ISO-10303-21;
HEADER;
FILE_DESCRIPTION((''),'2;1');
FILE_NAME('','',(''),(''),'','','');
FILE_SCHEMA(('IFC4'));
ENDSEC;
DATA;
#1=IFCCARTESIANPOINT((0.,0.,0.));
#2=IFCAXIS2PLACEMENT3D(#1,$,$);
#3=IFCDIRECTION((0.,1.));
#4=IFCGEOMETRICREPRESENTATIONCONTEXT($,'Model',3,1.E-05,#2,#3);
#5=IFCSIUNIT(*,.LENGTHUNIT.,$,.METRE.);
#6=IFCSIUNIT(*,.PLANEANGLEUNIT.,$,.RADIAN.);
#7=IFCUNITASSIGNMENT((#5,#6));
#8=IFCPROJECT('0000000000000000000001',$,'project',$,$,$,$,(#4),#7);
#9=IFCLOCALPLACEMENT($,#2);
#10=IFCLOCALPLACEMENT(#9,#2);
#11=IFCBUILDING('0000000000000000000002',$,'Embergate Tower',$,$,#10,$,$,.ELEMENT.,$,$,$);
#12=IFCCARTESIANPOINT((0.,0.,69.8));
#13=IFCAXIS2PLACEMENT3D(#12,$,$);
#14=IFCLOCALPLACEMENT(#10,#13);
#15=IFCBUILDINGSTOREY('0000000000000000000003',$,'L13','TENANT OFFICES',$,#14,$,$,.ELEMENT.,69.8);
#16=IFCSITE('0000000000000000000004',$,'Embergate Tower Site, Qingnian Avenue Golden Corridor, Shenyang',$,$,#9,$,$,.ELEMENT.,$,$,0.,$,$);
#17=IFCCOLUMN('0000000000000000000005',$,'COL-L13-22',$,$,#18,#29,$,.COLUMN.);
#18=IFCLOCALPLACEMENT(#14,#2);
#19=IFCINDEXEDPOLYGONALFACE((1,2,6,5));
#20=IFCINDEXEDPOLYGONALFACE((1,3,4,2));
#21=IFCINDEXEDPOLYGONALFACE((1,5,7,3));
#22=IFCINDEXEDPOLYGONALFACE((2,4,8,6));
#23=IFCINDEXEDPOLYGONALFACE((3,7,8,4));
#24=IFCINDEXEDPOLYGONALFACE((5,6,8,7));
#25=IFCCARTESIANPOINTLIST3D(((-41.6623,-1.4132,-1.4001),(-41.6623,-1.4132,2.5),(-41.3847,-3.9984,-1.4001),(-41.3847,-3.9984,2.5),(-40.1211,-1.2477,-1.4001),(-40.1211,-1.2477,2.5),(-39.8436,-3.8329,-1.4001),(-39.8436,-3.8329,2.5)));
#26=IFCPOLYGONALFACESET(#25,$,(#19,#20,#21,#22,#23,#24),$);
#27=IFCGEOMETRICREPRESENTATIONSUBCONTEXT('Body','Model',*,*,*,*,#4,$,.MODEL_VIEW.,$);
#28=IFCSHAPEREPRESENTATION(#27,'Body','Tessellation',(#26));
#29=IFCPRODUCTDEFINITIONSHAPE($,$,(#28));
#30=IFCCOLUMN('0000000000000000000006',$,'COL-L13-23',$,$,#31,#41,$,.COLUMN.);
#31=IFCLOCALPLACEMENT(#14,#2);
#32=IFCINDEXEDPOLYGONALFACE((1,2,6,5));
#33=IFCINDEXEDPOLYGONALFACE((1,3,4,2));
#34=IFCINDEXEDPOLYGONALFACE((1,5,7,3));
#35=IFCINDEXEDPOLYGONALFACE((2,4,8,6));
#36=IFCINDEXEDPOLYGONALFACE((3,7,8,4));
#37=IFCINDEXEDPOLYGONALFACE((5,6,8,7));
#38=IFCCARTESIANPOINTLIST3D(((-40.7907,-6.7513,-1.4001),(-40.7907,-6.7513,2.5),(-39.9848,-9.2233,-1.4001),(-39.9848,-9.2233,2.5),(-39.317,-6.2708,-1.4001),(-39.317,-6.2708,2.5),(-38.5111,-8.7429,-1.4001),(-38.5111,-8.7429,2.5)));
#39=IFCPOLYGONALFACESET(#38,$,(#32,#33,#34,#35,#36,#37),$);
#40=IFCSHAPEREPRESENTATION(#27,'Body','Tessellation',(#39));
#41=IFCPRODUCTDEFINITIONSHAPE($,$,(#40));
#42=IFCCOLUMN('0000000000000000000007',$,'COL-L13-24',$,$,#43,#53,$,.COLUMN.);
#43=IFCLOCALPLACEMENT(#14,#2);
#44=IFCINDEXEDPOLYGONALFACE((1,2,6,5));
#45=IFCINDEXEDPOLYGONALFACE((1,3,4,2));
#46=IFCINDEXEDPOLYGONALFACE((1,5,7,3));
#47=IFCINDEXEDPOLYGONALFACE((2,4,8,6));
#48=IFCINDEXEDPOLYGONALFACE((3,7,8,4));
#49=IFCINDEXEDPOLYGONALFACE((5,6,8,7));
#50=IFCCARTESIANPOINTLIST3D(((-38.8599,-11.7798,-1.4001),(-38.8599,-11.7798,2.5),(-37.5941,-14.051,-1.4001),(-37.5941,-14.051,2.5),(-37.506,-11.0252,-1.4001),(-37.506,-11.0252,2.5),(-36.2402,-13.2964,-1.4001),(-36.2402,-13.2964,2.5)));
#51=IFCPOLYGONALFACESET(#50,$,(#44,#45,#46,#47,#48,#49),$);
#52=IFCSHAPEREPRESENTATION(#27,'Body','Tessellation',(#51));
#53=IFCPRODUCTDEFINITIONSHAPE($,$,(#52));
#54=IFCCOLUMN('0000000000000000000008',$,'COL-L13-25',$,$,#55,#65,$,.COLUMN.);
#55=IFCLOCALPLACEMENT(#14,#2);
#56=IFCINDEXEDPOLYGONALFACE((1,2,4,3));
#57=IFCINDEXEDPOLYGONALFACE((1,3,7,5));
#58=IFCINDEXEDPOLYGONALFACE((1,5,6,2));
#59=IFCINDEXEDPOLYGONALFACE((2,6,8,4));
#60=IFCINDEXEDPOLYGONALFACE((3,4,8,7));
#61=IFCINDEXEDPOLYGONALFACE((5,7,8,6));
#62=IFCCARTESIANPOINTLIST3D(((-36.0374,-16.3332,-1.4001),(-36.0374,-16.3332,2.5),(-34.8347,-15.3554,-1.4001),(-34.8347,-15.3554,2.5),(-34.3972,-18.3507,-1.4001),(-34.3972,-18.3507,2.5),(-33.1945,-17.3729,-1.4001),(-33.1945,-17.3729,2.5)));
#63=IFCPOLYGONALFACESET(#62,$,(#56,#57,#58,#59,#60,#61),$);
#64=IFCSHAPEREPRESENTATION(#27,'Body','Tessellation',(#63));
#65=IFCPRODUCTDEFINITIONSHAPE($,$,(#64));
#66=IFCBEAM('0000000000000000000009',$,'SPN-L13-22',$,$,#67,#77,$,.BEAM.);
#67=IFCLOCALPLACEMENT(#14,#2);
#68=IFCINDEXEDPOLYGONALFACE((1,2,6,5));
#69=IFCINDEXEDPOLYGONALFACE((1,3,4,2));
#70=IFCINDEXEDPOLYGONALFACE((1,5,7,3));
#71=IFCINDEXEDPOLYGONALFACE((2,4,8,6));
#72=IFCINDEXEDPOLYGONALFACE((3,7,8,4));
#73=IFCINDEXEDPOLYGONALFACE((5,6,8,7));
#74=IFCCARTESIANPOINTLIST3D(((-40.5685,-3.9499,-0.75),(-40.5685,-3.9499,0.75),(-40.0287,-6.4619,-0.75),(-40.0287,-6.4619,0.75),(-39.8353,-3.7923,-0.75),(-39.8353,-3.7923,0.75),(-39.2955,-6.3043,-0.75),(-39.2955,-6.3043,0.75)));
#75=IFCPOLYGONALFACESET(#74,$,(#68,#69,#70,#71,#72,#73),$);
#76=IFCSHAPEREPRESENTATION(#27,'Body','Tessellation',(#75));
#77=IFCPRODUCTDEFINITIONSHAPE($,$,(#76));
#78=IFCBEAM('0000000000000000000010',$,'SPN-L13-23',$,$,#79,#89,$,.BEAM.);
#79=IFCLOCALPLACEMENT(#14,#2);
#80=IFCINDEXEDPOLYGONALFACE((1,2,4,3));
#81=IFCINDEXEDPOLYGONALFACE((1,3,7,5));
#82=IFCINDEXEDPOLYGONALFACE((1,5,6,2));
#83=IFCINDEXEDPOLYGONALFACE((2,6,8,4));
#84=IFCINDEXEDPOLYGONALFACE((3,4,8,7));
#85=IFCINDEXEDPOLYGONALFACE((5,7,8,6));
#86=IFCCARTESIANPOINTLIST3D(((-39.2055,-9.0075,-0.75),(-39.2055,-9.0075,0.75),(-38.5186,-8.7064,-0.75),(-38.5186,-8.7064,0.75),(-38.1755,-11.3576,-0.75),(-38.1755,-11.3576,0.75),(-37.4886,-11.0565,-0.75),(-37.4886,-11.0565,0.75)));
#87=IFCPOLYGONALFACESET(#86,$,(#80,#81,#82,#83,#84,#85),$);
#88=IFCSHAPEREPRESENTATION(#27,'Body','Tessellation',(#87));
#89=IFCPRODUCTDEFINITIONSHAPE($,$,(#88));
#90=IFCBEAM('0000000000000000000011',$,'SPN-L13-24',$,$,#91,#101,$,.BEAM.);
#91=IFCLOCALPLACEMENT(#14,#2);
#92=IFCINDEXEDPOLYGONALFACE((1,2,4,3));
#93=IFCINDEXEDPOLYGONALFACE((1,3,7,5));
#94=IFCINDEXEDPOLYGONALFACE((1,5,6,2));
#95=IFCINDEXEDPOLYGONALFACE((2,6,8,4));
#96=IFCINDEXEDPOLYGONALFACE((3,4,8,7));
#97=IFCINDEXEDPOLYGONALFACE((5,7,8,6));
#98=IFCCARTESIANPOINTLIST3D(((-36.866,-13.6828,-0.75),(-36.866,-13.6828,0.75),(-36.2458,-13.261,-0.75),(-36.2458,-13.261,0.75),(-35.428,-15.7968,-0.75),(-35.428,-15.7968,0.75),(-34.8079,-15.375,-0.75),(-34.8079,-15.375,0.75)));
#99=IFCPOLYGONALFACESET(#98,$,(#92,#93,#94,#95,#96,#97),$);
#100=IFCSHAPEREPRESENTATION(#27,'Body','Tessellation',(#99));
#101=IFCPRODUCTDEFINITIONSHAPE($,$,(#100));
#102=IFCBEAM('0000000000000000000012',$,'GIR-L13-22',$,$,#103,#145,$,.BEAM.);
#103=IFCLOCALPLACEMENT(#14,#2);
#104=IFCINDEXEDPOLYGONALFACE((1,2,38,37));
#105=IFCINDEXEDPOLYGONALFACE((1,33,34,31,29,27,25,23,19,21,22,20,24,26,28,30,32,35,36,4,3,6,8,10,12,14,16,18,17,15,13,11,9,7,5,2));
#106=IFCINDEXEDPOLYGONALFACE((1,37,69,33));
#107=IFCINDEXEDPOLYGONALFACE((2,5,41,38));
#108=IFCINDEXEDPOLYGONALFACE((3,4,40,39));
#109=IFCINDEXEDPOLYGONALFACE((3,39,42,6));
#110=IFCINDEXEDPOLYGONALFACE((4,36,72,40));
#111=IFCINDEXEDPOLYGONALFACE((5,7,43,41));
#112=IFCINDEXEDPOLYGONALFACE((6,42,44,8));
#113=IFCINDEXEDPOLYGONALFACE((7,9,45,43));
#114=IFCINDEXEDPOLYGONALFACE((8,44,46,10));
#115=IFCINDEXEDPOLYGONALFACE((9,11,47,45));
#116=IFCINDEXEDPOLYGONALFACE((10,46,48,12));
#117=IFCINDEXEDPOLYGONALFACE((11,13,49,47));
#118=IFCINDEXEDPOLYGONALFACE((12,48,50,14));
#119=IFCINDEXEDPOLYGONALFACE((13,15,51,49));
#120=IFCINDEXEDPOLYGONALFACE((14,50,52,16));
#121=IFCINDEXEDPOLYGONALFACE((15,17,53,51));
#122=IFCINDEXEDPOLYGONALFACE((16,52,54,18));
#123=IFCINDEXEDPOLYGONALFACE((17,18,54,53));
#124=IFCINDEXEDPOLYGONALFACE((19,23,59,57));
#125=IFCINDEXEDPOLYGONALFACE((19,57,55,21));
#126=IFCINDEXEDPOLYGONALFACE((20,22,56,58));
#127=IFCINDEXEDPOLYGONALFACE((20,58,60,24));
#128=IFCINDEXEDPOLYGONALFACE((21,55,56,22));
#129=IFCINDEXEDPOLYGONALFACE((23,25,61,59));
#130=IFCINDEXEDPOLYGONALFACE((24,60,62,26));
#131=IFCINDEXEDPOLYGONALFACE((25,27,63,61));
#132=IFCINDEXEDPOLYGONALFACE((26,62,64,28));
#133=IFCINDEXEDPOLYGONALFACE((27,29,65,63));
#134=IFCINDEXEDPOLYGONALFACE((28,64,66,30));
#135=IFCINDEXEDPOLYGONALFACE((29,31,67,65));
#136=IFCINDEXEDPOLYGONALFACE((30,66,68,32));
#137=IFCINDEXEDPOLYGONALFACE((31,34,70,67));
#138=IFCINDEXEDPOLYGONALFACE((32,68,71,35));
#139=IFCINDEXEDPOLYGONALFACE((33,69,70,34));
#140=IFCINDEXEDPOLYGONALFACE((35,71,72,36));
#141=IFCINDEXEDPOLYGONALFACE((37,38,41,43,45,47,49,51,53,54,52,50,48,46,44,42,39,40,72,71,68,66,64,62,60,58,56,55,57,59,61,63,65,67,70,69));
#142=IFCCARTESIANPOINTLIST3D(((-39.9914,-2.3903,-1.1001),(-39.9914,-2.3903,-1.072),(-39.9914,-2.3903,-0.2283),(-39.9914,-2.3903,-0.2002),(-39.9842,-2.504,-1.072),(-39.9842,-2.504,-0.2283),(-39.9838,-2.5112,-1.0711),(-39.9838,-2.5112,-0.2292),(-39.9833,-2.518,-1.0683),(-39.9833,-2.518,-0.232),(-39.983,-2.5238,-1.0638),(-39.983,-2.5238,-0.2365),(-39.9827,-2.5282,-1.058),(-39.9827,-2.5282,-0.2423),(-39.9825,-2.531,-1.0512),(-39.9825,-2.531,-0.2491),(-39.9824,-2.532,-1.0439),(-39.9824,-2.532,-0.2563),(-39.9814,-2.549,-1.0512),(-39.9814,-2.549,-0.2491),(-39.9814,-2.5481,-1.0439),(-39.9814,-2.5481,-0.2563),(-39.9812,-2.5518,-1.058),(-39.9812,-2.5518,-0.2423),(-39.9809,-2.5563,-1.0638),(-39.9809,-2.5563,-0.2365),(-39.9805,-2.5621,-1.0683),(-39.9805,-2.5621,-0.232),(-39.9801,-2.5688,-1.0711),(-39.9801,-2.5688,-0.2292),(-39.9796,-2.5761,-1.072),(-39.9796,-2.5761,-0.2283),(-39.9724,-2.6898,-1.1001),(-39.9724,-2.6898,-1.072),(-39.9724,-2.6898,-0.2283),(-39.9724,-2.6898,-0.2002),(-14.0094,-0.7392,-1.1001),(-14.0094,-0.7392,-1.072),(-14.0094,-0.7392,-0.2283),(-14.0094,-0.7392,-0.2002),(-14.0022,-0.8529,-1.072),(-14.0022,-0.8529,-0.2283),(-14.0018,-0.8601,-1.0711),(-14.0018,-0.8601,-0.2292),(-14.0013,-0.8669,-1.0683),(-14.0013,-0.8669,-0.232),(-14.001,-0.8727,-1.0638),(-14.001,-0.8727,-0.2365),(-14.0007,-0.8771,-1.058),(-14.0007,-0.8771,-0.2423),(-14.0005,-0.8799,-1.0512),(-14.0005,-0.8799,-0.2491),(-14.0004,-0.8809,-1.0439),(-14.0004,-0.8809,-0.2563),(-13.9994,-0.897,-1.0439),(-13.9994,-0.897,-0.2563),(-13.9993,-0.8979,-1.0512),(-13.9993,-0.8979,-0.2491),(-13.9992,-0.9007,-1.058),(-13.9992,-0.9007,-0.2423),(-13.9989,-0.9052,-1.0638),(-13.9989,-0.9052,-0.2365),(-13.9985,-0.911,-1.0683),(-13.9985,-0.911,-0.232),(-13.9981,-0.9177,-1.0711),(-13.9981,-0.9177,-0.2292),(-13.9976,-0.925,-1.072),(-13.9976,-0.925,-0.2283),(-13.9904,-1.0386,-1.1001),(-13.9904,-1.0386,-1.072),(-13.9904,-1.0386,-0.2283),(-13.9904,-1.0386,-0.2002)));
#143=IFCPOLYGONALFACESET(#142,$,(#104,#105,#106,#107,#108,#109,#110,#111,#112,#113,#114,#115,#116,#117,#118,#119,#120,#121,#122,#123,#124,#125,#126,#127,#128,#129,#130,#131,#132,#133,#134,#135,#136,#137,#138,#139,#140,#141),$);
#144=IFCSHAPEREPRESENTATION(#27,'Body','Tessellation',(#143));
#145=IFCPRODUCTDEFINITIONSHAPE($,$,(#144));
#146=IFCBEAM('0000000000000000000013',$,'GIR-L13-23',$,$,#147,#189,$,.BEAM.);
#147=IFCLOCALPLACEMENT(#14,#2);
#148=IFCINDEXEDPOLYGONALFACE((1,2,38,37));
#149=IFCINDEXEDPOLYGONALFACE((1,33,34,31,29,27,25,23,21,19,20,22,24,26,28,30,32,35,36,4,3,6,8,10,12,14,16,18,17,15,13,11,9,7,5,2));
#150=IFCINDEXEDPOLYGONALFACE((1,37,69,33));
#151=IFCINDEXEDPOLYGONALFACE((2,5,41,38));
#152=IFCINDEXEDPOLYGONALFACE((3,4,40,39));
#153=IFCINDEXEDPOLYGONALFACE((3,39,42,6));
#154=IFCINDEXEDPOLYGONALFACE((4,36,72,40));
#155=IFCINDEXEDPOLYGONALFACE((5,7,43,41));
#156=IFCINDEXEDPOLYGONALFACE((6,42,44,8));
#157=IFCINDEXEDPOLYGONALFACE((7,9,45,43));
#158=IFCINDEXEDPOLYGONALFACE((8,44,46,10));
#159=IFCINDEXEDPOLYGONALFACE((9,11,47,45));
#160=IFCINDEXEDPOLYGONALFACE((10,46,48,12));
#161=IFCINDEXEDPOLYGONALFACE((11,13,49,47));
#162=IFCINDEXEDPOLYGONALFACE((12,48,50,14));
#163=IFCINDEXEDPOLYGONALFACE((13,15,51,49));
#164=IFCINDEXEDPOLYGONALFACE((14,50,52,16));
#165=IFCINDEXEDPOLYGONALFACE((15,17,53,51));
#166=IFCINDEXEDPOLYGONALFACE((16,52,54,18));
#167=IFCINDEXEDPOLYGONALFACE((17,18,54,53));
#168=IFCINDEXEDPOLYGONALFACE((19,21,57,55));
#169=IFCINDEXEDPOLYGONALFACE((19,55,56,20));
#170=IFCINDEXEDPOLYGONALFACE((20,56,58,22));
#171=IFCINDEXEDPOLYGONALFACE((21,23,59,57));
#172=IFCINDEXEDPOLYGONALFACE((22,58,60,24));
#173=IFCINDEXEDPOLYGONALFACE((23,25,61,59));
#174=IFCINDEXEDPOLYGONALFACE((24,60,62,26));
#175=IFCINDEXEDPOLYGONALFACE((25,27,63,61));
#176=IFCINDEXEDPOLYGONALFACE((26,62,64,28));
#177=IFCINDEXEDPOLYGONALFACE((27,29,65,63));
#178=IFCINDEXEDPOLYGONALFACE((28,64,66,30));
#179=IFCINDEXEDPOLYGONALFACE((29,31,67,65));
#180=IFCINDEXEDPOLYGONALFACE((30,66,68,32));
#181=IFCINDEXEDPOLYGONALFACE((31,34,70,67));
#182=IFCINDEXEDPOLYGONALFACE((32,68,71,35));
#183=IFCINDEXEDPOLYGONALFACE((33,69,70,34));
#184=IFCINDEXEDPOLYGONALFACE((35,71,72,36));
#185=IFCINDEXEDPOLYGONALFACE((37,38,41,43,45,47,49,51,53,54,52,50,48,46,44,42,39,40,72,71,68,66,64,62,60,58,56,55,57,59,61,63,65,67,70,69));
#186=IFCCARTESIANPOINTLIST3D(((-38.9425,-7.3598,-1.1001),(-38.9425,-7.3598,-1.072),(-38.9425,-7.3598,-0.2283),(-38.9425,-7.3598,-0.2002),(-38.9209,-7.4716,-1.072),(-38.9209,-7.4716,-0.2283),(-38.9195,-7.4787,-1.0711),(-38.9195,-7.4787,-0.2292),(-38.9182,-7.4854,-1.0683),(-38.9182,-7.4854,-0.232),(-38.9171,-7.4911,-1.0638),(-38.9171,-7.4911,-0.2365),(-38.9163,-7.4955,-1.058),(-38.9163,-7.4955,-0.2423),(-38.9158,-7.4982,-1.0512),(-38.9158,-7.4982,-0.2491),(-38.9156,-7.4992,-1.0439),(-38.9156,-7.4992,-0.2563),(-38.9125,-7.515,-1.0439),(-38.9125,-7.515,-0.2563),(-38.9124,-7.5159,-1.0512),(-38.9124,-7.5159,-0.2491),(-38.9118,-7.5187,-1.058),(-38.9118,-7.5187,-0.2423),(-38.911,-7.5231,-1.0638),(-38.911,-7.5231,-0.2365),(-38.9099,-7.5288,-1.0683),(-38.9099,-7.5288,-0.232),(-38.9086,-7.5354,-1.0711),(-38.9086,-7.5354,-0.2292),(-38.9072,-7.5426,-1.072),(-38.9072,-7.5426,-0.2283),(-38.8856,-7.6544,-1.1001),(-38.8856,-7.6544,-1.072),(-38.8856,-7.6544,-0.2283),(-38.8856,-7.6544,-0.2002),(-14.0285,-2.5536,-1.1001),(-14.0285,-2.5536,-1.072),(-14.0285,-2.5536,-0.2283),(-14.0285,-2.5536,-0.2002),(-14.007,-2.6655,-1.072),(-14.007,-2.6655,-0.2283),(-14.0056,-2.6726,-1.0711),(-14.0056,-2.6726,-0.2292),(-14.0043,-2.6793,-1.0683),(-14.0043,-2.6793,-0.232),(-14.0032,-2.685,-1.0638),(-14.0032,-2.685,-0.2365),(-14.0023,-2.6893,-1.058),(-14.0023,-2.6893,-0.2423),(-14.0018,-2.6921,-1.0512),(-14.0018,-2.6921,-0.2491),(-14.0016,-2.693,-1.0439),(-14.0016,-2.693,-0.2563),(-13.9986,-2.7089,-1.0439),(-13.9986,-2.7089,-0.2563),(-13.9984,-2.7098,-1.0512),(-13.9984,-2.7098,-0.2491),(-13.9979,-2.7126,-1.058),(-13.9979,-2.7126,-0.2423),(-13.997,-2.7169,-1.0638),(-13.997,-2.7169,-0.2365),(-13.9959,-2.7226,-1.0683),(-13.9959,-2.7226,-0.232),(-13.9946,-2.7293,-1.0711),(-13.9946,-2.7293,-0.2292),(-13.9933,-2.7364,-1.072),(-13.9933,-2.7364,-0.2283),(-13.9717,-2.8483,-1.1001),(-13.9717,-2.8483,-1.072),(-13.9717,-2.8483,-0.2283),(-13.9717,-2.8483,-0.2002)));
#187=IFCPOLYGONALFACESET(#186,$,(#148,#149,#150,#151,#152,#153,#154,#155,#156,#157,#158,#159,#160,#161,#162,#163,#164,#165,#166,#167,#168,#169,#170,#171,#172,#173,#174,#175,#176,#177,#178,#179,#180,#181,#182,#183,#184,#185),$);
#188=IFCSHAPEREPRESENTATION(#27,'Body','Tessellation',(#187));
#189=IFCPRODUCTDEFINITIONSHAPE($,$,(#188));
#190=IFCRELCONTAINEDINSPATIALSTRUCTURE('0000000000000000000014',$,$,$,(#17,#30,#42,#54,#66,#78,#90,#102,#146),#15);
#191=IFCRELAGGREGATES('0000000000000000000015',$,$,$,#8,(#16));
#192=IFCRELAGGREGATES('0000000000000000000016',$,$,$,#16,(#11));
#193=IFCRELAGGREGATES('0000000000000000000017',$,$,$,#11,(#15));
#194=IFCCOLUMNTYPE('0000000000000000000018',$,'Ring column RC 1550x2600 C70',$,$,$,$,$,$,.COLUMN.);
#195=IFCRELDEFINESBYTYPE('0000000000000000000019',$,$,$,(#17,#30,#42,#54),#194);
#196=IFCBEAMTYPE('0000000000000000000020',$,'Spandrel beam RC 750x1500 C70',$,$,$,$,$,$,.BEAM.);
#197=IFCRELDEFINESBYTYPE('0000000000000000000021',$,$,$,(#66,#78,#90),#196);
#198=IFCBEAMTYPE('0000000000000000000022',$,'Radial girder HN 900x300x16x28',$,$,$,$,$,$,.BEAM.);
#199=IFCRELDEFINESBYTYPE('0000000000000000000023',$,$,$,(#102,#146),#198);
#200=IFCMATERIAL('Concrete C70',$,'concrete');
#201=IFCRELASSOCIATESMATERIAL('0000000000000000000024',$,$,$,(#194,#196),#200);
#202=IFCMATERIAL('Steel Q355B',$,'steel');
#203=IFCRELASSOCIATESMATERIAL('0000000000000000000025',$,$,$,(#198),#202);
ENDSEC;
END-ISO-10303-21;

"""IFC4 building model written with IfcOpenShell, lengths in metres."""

from ifc_helpers import new_model, si_unit, direction, frame, origin, origin_2d, place, context, subcontext, project, spatial, rectangle, i_section, extrude, source, transform, mapped, material, material_profile, profile_set, type_object, element, save


model = new_model("IFC4")

# Units and contexts
model_context = context("Model", 3, precision=1e-05, world=origin(), true_north=direction((0.0, 1.0)))
body_context = subcontext(model_context, "Body", "Model", "MODEL_VIEW")
ifc_project = project(units=[si_unit("LENGTHUNIT", "METRE"), si_unit("PLANEANGLEUNIT", "RADIAN")], contexts=[model_context])

# Site, building, storey
site_placement = place(None, origin())
site = spatial("IfcSite", under=ifc_project, at=site_placement, Name="Embergate Tower Site, Qingnian Avenue Golden Corridor, Shenyang", CompositionType="ELEMENT", RefElevation=0.0)
building_placement = place(site_placement, origin())
building = spatial("IfcBuilding", under=site, at=building_placement, Name="Embergate Tower", CompositionType="ELEMENT")
storey_placement = place(building_placement, frame((0.0, 0.0, 69.8)))
storey = spatial("IfcBuildingStorey", under=building, at=storey_placement, Name="L13", Description="TENANT OFFICES", CompositionType="ELEMENT", Elevation=69.8)

# Columns
ifc_material_1 = material(Name="Concrete C70", Category="concrete")
ifc_material_profile_1 = material_profile(ifc_material_1, rectangle(XDim=1.55, YDim=2.6001, at=origin_2d()), Name="RC 1550x2600")
ifc_profile_set_1 = profile_set([ifc_material_profile_1], Name="Concrete C70")
column_type = type_object("IfcColumnType", Name="Ring column RC 1550x2600 C70", PredefinedType="COLUMN", material=ifc_profile_set_1)
shared_shape_1 = source(origin(), body_context, "Body", "SweptSolid", [
    extrude(rectangle(XDim=1.55, YDim=2.6001, at=origin_2d()), origin(), (0.0, 0.0, 1.0), 3.9001),
])
for number, where, z_axis, x_axis, name in (
    (1, (-40.7529, -2.623, -1.4001), (0.0, 0.0, 1.0), (-0.994286, -0.10675, 0.0), "COL-L13-22"),
    (2, (-39.6509, -7.7471, -1.4001), (0.0, 0.0, 1.0), (-0.950754, -0.309946, 0.0), "COL-L13-23"),
    (3, (-37.55, -12.5381, -1.4001), (0.0, 0.0, 1.0), (-0.8735, -0.486823, 0.0), "COL-L13-24"),
    (4, (-34.616, -16.853, -1.4001), (0.0, 0.0, 1.0), (-0.775925, -0.630825, 0.0), "COL-L13-25"),
):
    element("IfcColumn", number, at=place(storey_placement, frame(where, z_axis=z_axis, x_axis=x_axis)), inside=storey, type_object=column_type, Name=name, PredefinedType="COLUMN", context=body_context, shape_type="MappedRepresentation", body=[
        mapped(shared_shape_1, transform((0.0, 0.0, 0.0))),
    ])

# Beams
ifc_material_profile_2 = material_profile(ifc_material_1, rectangle(XDim=0.75, YDim=1.5, at=origin_2d()), Name="RC 750x1500")
ifc_profile_set_2 = profile_set([ifc_material_profile_2], Name="Concrete C70")
beam_type_1 = type_object("IfcBeamType", Name="Spandrel beam RC 750x1500 C70", PredefinedType="BEAM", material=ifc_profile_set_2)
shared_shape_2 = source(origin(), body_context, "Body", "SweptSolid", [
    extrude(rectangle(XDim=0.75, YDim=1.5, at=origin_2d()), origin(), (0.0, 0.0, 1.0), 2.5693),
])
beam_1_placement = place(storey_placement, frame((-40.2019, -3.8711, 0.0), z_axis=(0.210094, -0.977681, 0.0), x_axis=(0.977681, 0.210094, 0.0)))
element("IfcBeam", 5, at=beam_1_placement, inside=storey, type_object=beam_type_1, Name="SPN-L13-22", PredefinedType="BEAM", context=body_context, shape_type="MappedRepresentation", body=[
    mapped(shared_shape_2, transform((0.0, 0.0, 0.0))),
])
shared_shape_3 = source(origin(), body_context, "Body", "SweptSolid", [
    extrude(rectangle(XDim=0.75, YDim=1.5, at=origin_2d()), origin(), (0.0, 0.0, 1.0), 2.5659),
])
beam_2_placement = place(storey_placement, frame((-38.8621, -8.8569, 0.0), z_axis=(0.401428, -0.915891, 0.0), x_axis=(0.915891, 0.401428, 0.0)))
element("IfcBeam", 6, at=beam_2_placement, inside=storey, type_object=beam_type_1, Name="SPN-L13-23", PredefinedType="BEAM", context=body_context, shape_type="MappedRepresentation", body=[
    mapped(shared_shape_3, transform((0.0, 0.0, 0.0))),
])
shared_shape_4 = source(origin(), body_context, "Body", "SweptSolid", [
    extrude(rectangle(XDim=0.75, YDim=1.5, at=origin_2d()), origin(), (0.0, 0.0, 1.0), 2.5566),
])
beam_3_placement = place(storey_placement, frame((-36.5559, -13.4719, 0.0), z_axis=(0.562433, -0.826843, 0.0), x_axis=(0.826843, 0.562433, 0.0)))
element("IfcBeam", 7, at=beam_3_placement, inside=storey, type_object=beam_type_1, Name="SPN-L13-24", PredefinedType="BEAM", context=body_context, shape_type="MappedRepresentation", body=[
    mapped(shared_shape_4, transform((0.0, 0.0, 0.0))),
])
ifc_material_2 = material(Name="Steel Q355B", Category="steel")
ifc_material_profile_3 = material_profile(ifc_material_2, i_section(OverallWidth=0.3, OverallDepth=0.8999, WebThickness=0.0161, FlangeThickness=0.0281, FilletRadius=0.0281, at=origin_2d()), Name="HN 900x300x16x28")
ifc_profile_set_3 = profile_set([ifc_material_profile_3], Name="Steel Q355 grade B")
beam_type_2 = type_object("IfcBeamType", Name="Radial girder HN 900x300x16x28", PredefinedType="BEAM", material=ifc_profile_set_3)
shared_shape_5 = source(origin(), body_context, "Body", "SweptSolid", [
    extrude(i_section(OverallWidth=0.3, OverallDepth=0.8999, WebThickness=0.0161, FlangeThickness=0.0281, FilletRadius=0.0281, at=origin_2d()), origin(), (0.0, 0.0, 1.0), 26.0344),
])
beam_4_placement = place(storey_placement, frame((-39.9819, -2.54, -0.6501), z_axis=(0.997987, 0.063421, 0.0), x_axis=(-0.063421, 0.997987, 0.0)))
element("IfcBeam", 8, at=beam_4_placement, inside=storey, type_object=beam_type_2, Name="GIR-L13-22", PredefinedType="BEAM", context=body_context, shape_type="MappedRepresentation", body=[
    mapped(shared_shape_5, transform((0.0, 0.0, 0.0))),
])
shared_shape_6 = source(origin(), body_context, "Body", "SweptSolid", [
    extrude(i_section(OverallWidth=0.3, OverallDepth=0.8999, WebThickness=0.0161, FlangeThickness=0.0281, FilletRadius=0.0281, at=origin_2d()), origin(), (0.0, 0.0, 1.0), 25.3733),
])
beam_5_placement = place(storey_placement, frame((-38.9141, -7.5071, -0.6501), z_axis=(0.981897, 0.189417, 0.0), x_axis=(-0.189417, 0.981897, 0.0)))
element("IfcBeam", 9, at=beam_5_placement, inside=storey, type_object=beam_type_2, Name="GIR-L13-23", PredefinedType="BEAM", context=body_context, shape_type="MappedRepresentation", body=[
    mapped(shared_shape_6, transform((0.0, 0.0, 0.0))),
])

save(model, "model.ifc")
